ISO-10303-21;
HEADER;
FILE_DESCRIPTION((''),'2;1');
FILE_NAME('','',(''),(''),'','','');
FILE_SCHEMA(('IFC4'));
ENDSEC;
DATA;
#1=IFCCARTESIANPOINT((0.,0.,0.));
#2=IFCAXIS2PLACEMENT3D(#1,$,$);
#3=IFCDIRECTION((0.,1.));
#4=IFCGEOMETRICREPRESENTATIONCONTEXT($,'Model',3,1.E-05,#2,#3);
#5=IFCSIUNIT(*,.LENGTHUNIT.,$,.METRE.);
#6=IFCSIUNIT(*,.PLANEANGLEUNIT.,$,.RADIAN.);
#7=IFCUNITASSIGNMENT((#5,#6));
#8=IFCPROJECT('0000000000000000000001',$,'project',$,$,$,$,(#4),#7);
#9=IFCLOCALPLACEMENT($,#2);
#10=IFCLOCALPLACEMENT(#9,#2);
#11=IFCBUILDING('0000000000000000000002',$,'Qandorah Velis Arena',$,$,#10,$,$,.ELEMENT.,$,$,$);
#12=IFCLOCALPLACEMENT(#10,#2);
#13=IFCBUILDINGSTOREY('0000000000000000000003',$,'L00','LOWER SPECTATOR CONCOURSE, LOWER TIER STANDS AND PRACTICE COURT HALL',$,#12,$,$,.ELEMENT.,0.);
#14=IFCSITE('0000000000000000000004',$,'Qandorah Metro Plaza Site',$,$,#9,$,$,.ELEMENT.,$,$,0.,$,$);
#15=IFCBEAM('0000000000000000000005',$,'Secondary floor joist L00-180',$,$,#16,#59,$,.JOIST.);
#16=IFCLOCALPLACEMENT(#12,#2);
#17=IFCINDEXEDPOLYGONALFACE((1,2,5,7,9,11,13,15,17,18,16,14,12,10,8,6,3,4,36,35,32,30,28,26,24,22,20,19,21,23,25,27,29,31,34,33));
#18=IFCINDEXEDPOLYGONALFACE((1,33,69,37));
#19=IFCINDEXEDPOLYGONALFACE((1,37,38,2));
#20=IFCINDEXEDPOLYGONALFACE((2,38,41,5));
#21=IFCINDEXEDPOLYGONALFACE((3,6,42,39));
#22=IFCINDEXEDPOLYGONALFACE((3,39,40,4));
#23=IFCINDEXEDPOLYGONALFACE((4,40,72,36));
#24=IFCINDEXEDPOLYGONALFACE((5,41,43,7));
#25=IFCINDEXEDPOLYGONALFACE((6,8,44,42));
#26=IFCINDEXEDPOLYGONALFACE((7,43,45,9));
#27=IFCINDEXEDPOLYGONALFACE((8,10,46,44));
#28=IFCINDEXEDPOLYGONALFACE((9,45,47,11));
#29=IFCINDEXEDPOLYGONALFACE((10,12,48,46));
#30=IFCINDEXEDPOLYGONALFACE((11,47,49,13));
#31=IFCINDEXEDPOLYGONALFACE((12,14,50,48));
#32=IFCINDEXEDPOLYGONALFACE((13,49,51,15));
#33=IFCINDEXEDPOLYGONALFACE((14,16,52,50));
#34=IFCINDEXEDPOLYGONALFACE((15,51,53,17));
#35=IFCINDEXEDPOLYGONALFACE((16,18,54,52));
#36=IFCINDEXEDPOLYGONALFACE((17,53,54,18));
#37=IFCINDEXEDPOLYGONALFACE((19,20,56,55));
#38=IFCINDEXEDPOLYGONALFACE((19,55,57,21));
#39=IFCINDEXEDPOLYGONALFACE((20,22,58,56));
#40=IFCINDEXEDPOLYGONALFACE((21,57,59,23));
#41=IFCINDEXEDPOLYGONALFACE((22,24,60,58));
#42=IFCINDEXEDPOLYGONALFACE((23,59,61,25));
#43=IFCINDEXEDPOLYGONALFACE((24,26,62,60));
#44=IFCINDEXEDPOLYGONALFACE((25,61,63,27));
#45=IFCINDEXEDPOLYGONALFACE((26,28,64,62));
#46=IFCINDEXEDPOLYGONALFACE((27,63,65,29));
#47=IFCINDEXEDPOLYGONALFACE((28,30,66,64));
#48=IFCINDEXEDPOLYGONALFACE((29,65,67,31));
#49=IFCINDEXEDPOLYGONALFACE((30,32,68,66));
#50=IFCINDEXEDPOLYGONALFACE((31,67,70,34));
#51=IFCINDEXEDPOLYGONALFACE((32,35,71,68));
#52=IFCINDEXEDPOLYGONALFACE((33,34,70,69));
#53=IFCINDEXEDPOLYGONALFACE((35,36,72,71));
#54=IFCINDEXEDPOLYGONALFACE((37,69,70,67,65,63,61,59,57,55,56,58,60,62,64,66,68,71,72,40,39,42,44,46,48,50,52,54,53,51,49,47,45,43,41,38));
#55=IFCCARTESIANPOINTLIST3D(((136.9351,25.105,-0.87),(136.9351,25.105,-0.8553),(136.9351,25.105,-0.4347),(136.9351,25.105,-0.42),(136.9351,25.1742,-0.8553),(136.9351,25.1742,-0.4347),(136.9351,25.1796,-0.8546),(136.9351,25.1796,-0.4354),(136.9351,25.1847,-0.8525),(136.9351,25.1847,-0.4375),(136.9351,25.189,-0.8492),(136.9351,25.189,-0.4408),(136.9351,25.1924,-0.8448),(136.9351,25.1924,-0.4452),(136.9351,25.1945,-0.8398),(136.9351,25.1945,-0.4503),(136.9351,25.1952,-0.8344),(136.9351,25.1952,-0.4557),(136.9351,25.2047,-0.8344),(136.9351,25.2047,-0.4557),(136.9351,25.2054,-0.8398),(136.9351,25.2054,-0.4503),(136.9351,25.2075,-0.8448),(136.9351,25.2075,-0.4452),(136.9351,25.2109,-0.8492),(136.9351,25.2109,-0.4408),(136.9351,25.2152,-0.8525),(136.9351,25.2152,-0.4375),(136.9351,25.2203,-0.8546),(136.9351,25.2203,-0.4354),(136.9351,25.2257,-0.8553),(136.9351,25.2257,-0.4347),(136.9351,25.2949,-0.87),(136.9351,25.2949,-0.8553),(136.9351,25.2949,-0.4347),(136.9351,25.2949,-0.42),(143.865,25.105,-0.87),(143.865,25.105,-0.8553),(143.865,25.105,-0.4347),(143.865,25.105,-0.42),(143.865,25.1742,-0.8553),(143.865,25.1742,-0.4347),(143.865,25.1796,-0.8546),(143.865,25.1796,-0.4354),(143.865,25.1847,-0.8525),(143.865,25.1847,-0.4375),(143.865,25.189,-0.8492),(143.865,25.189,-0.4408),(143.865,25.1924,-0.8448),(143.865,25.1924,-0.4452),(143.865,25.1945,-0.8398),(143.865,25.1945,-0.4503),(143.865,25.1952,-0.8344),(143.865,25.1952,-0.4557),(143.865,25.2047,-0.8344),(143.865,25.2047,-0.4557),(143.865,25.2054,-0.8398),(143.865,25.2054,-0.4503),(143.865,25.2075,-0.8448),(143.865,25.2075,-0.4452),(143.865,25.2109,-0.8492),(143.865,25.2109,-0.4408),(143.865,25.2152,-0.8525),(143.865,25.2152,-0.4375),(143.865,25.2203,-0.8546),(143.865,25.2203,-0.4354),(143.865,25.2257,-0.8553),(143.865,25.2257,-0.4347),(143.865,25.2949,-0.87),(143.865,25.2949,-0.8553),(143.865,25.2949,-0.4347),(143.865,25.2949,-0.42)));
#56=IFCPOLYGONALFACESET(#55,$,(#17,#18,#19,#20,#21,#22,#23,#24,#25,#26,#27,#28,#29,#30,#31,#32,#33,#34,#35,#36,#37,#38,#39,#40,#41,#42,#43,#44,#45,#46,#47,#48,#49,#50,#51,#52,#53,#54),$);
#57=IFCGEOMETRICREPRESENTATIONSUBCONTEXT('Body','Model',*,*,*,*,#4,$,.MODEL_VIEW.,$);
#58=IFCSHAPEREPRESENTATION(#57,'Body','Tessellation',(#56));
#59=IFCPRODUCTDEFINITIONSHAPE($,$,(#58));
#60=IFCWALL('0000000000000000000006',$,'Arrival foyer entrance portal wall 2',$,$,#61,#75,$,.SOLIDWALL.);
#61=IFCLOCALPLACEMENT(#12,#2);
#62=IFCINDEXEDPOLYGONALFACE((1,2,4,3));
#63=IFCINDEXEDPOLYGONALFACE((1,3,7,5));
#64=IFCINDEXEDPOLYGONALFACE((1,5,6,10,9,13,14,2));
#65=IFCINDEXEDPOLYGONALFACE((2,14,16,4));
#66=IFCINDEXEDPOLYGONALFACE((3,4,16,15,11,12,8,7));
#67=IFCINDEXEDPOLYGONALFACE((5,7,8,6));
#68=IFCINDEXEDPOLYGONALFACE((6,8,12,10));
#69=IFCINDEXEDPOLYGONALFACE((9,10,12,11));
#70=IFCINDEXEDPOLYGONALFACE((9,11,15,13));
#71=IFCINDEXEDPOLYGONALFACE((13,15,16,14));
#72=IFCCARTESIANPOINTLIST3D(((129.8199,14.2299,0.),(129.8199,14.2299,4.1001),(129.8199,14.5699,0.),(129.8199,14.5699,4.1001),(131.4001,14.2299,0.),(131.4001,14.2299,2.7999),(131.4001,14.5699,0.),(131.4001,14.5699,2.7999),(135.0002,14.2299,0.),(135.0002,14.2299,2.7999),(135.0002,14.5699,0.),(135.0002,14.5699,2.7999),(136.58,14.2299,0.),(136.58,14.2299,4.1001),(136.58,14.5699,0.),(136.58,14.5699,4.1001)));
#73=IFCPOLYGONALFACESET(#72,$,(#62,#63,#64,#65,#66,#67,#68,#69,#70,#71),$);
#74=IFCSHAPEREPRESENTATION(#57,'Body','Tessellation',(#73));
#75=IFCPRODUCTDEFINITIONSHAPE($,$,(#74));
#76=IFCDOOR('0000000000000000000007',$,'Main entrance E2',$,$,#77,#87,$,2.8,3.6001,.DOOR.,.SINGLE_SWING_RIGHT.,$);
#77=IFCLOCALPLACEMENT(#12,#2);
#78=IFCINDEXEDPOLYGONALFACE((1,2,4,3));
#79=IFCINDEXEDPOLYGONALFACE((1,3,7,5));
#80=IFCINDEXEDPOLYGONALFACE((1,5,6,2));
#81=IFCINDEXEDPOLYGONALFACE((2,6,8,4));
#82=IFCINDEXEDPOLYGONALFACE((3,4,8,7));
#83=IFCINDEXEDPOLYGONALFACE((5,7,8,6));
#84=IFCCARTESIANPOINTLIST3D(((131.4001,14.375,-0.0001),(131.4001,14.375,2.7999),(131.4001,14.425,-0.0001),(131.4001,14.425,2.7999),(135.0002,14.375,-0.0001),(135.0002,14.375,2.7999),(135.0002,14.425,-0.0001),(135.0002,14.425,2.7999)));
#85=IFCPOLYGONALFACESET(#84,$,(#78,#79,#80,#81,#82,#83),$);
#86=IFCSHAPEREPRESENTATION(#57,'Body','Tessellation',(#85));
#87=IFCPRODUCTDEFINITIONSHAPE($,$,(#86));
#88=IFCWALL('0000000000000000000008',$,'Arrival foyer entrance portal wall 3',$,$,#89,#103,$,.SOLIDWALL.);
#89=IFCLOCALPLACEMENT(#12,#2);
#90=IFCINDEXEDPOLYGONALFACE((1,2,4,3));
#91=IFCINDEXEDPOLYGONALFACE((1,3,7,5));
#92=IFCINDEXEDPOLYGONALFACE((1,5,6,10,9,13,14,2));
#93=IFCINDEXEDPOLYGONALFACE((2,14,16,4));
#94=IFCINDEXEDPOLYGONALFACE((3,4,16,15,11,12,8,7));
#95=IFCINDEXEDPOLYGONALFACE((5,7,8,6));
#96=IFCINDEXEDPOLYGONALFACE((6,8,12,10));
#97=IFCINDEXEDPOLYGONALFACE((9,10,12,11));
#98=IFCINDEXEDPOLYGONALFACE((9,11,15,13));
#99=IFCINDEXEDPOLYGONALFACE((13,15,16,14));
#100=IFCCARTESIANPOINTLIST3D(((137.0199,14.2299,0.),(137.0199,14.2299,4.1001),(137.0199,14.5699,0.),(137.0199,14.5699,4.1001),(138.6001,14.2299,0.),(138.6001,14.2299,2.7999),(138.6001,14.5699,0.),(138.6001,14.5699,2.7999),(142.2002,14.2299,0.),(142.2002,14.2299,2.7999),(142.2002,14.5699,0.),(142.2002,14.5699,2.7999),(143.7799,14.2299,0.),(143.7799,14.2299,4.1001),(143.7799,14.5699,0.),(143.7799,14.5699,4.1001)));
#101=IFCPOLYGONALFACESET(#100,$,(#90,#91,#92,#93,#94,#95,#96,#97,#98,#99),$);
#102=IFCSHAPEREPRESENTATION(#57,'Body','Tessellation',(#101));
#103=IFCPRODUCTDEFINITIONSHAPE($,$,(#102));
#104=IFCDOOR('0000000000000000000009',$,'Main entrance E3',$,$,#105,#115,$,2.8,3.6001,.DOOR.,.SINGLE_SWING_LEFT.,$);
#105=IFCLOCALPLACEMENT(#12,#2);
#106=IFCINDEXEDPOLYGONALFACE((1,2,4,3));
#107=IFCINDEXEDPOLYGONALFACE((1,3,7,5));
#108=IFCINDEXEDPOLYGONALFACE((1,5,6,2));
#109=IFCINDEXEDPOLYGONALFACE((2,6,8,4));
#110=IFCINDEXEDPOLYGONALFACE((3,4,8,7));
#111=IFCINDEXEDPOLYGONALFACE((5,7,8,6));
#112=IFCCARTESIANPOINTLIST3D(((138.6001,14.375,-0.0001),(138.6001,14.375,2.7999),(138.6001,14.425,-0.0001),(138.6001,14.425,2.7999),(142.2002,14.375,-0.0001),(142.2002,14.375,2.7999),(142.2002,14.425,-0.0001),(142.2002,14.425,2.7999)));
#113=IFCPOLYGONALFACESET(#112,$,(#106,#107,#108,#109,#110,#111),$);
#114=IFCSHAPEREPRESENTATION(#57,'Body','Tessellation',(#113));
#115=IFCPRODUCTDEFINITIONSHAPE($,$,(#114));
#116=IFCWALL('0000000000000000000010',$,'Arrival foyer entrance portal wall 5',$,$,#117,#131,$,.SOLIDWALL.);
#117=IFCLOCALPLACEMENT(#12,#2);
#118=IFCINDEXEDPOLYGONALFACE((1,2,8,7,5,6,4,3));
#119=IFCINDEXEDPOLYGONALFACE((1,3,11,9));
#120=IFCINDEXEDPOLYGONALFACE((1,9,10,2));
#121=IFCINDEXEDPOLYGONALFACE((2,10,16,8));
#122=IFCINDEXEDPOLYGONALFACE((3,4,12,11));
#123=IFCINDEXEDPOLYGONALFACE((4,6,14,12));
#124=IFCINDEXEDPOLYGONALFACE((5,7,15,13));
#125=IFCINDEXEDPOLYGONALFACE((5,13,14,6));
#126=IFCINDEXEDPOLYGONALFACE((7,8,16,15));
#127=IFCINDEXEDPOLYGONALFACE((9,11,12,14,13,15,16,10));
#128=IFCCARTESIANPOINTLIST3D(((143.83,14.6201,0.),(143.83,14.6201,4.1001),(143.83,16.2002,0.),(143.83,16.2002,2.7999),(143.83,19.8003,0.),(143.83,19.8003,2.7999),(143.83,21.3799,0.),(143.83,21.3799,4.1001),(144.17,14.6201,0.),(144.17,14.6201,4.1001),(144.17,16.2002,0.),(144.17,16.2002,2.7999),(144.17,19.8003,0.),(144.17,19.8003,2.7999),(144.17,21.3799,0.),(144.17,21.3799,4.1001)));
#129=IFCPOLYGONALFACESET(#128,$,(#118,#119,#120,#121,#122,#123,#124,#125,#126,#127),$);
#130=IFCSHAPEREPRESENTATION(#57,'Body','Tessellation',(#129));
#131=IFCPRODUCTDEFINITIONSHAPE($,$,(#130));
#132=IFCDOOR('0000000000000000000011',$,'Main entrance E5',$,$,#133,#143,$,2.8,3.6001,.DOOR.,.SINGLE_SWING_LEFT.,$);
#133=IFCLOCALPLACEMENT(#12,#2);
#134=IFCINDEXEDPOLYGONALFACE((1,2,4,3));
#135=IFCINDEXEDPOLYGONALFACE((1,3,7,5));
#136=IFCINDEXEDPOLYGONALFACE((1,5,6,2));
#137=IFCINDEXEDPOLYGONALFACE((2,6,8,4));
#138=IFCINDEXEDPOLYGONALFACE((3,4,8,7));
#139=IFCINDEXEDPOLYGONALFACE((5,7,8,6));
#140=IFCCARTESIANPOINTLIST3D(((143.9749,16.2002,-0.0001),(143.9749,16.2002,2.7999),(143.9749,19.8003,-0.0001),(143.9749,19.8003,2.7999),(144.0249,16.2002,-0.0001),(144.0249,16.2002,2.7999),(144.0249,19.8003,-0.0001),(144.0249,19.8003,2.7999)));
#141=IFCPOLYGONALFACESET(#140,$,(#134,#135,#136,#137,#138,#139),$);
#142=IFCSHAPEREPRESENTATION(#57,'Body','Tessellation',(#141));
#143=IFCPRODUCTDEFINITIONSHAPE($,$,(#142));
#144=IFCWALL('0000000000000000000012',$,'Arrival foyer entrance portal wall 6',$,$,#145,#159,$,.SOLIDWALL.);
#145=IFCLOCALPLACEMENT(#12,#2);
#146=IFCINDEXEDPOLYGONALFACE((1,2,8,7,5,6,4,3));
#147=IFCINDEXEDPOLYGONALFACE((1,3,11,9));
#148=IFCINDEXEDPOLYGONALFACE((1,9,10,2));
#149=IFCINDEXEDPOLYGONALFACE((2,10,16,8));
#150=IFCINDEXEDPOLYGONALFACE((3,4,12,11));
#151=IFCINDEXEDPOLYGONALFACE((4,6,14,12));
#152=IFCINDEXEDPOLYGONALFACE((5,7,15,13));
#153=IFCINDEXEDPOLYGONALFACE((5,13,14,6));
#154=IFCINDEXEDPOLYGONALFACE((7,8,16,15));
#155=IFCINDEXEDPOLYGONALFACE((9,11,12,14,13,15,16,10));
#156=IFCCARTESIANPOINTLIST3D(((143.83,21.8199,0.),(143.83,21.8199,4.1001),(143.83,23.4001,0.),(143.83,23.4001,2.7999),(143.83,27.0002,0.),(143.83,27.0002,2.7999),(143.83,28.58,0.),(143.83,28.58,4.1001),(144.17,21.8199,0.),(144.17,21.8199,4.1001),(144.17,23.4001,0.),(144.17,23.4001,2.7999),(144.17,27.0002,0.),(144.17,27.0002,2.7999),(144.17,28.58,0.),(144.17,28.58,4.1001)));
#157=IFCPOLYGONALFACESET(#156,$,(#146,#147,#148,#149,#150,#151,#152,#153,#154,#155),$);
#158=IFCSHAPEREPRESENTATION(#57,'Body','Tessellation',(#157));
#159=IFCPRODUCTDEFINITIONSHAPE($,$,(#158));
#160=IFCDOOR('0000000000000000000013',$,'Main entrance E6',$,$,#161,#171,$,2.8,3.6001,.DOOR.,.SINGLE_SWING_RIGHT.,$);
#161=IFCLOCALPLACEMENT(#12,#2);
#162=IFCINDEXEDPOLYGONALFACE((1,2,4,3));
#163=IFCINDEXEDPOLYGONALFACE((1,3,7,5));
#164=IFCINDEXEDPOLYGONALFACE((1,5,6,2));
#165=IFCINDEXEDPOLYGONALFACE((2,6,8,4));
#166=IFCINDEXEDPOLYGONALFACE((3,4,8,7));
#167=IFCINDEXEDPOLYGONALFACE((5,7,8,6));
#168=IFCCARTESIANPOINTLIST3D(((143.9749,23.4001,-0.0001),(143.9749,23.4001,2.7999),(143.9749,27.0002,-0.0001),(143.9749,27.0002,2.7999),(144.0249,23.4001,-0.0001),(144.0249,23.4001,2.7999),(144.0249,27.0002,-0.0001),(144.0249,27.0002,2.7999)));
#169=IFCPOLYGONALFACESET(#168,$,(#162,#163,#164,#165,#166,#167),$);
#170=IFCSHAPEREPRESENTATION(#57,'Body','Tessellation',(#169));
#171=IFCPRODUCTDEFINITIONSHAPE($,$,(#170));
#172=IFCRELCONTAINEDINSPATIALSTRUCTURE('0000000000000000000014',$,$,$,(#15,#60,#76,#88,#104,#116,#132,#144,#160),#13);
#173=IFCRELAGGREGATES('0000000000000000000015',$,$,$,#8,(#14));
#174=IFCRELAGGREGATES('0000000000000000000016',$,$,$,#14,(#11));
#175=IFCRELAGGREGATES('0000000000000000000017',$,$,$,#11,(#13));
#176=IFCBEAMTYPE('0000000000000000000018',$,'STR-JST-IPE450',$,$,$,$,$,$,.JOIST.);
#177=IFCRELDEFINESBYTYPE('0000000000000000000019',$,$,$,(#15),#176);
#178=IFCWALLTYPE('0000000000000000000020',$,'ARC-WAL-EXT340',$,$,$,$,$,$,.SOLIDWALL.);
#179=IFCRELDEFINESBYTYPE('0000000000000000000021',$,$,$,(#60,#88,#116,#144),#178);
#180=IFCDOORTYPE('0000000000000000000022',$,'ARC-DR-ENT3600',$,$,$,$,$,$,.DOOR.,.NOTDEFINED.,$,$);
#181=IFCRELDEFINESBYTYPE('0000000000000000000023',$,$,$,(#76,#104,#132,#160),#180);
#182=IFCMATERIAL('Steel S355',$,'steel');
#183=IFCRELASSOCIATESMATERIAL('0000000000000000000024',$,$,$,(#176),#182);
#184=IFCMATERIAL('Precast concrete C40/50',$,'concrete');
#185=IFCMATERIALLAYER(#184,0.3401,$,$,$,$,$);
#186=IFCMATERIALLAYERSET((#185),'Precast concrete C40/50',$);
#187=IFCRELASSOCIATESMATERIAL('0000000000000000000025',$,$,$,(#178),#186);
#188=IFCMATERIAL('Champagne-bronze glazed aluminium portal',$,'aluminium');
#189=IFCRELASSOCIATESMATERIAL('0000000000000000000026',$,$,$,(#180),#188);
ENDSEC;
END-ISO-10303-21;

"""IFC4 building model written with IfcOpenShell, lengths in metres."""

from ifc_helpers import new_model, si_unit, direction, frame, frame_2d, origin, origin_2d, place, context, subcontext, project, spatial, rectangle, i_section, extrude, material, layer, layer_set, material_profile, profile_set, type_object, element, fill, save


model = new_model("IFC4")

# Units and contexts
model_context = context("Model", 3, precision=1e-05, world=origin(), true_north=direction((0.0, 1.0)))
body_context = subcontext(model_context, "Body", "Model", "MODEL_VIEW")
ifc_project = project(units=[si_unit("LENGTHUNIT", "METRE"), si_unit("PLANEANGLEUNIT", "RADIAN")], contexts=[model_context])

# Site, building, storey
site_placement = place(None, origin())
site = spatial("IfcSite", under=ifc_project, at=site_placement, Name="Qandorah Metro Plaza Site", CompositionType="ELEMENT", RefElevation=0.0)
building_placement = place(site_placement, origin())
building = spatial("IfcBuilding", under=site, at=building_placement, Name="Qandorah Velis Arena", CompositionType="ELEMENT")
storey_placement = place(building_placement, origin())
storey = spatial("IfcBuildingStorey", under=building, at=storey_placement, Name="L00", Description="LOWER SPECTATOR CONCOURSE, LOWER TIER STANDS AND PRACTICE COURT HALL", CompositionType="ELEMENT", Elevation=0.0)

# Shared definitions
ifc_material_1 = material(Name="Steel S355", Category="steel")

# Beam
ifc_material_profile_1 = material_profile(ifc_material_1, i_section(OverallWidth=0.1899, OverallDepth=0.45, WebThickness=0.0095, FlangeThickness=0.0146, FilletRadius=0.021, at=origin_2d()), Name="IPE 450")
ifc_profile_set_1 = profile_set([ifc_material_profile_1], Name="Steel S355")
beam_type_1 = type_object("IfcBeamType", Name="STR-JST-IPE450", PredefinedType="JOIST", material=ifc_profile_set_1)
for number, where, z_axis, x_axis, name in (
    (1, (136.9351, 25.2, -0.645), (1.0, 0.0, 0.0), (0.0, 1.0, 0.0), "Secondary floor joist L00-180"),
):
    element("IfcBeam", number, at=place(storey_placement, frame(where, z_axis=z_axis, x_axis=x_axis)), inside=storey, type_object=beam_type_1, Name=name, PredefinedType="JOIST", context=body_context, shape_type="SweptSolid", body=[
        extrude(i_section(OverallWidth=0.1899, OverallDepth=0.45, WebThickness=0.0095, FlangeThickness=0.0146, FilletRadius=0.021, at=origin_2d()), origin(), (0.0, 0.0, 1.0), 6.9299),
    ])

# Walls, openings, doors
ifc_material_2 = material(Name="Precast concrete C40/50", Category="concrete")
ifc_layer_1 = layer(ifc_material_2, 0.3401)
ifc_layer_set_1 = layer_set([ifc_layer_1], Name="Precast concrete C40/50")
wall_type = type_object("IfcWallType", Name="ARC-WAL-EXT340", PredefinedType="SOLIDWALL", material=ifc_layer_set_1)
wall_1_placement = place(storey_placement, frame((129.8201, 14.3999, 0.0), z_axis=(0.0, 0.0, 1.0), x_axis=(1.0, 0.0, 0.0)))
wall_1 = element("IfcWall", 2, at=wall_1_placement, inside=storey, type_object=wall_type, Name="Arrival foyer entrance portal wall 2", PredefinedType="SOLIDWALL", context=body_context, shape_type="SweptSolid", body=[
    extrude(rectangle(XDim=6.76, YDim=0.3401, at=frame_2d((3.3799, 0.0))), origin(), (0.0, 0.0, 1.0), 4.1001),
])
opening_1_placement = place(wall_1_placement, frame((1.5801, 0.0, 0.0)))
opening_1 = element("IfcOpeningElement", 3, at=opening_1_placement, cuts=wall_1, PredefinedType="OPENING", context=body_context, shape_type="SweptSolid", body=[
    extrude(rectangle(XDim=3.6001, YDim=2.8, at=frame_2d((1.8, 1.3999))), frame((0.0, 0.1802, 0.0), z_axis=(0.0, -1.0, 0.0), x_axis=(1.0, 0.0, 0.0)), (0.0, 0.0, 1.0), 0.3601),
])
ifc_material_3 = material(Name="Champagne-bronze glazed aluminium portal", Category="aluminium")
door_type = type_object("IfcDoorType", Name="ARC-DR-ENT3600", OperationType="NOTDEFINED", PredefinedType="DOOR", material=ifc_material_3)
door_1_placement = place(opening_1_placement, frame((3.6001, 0.0, 0.0), z_axis=(0.0, 0.0, 1.0), x_axis=(-1.0, 0.0, 0.0)))
door_1 = element("IfcDoor", 4, at=door_1_placement, inside=storey, type_object=door_type, Name="Main entrance E2", OperationType="SINGLE_SWING_RIGHT", OverallHeight=2.8, OverallWidth=3.6001, PredefinedType="DOOR", context=body_context, shape_type="SweptSolid", body=[
    extrude(rectangle(XDim=3.6001, YDim=2.8, at=frame_2d((1.8, 1.3999))), frame((0.0, 0.0249, 0.0), z_axis=(0.0, -1.0, 0.0), x_axis=(1.0, 0.0, 0.0)), (0.0, 0.0, 1.0), 0.05),
])
fill(opening_1, door_1)
wall_2_placement = place(storey_placement, frame((137.02, 14.3999, 0.0), z_axis=(0.0, 0.0, 1.0), x_axis=(1.0, 0.0, 0.0)))
wall_2 = element("IfcWall", 5, at=wall_2_placement, inside=storey, type_object=wall_type, Name="Arrival foyer entrance portal wall 3", PredefinedType="SOLIDWALL", context=body_context, shape_type="SweptSolid", body=[
    extrude(rectangle(XDim=6.76, YDim=0.3401, at=frame_2d((3.3799, 0.0))), origin(), (0.0, 0.0, 1.0), 4.1001),
])
opening_2_placement = place(wall_2_placement, frame((1.5801, 0.0, 0.0)))
opening_2 = element("IfcOpeningElement", 6, at=opening_2_placement, cuts=wall_2, PredefinedType="OPENING", context=body_context, shape_type="SweptSolid", body=[
    extrude(rectangle(XDim=3.6001, YDim=2.8, at=frame_2d((1.8, 1.3999))), frame((0.0, 0.1802, 0.0), z_axis=(0.0, -1.0, 0.0), x_axis=(1.0, 0.0, 0.0)), (0.0, 0.0, 1.0), 0.3601),
])
door_2_placement = place(opening_2_placement, frame((3.6001, 0.0, 0.0), z_axis=(0.0, 0.0, 1.0), x_axis=(-1.0, 0.0, 0.0)))
door_2 = element("IfcDoor", 7, at=door_2_placement, inside=storey, type_object=door_type, Name="Main entrance E3", OperationType="SINGLE_SWING_LEFT", OverallHeight=2.8, OverallWidth=3.6001, PredefinedType="DOOR", context=body_context, shape_type="SweptSolid", body=[
    extrude(rectangle(XDim=3.6001, YDim=2.8, at=frame_2d((1.8, 1.3999))), frame((0.0, 0.0249, 0.0), z_axis=(0.0, -1.0, 0.0), x_axis=(1.0, 0.0, 0.0)), (0.0, 0.0, 1.0), 0.05),
])
fill(opening_2, door_2)
wall_3_placement = place(storey_placement, frame((144.0, 14.6201, 0.0), z_axis=(0.0, 0.0, 1.0), x_axis=(0.0, 1.0, 0.0)))
wall_3 = element("IfcWall", 8, at=wall_3_placement, inside=storey, type_object=wall_type, Name="Arrival foyer entrance portal wall 5", PredefinedType="SOLIDWALL", context=body_context, shape_type="SweptSolid", body=[
    extrude(rectangle(XDim=6.7598, YDim=0.3401, at=frame_2d((3.3799, 0.0))), origin(), (0.0, 0.0, 1.0), 4.1001),
])
opening_3_placement = place(wall_3_placement, frame((1.5801, 0.0, 0.0)))
opening_3 = element("IfcOpeningElement", 9, at=opening_3_placement, cuts=wall_3, PredefinedType="OPENING", context=body_context, shape_type="SweptSolid", body=[
    extrude(rectangle(XDim=3.6001, YDim=2.8, at=frame_2d((1.8, 1.3999))), frame((0.0, 0.1802, 0.0), z_axis=(0.0, -1.0, 0.0), x_axis=(1.0, 0.0, 0.0)), (0.0, 0.0, 1.0), 0.3601),
])
door_3_placement = place(opening_3_placement, frame((3.6001, 0.0, 0.0), z_axis=(0.0, 0.0, 1.0), x_axis=(-1.0, 0.0, 0.0)))
door_3 = element("IfcDoor", 10, at=door_3_placement, inside=storey, type_object=door_type, Name="Main entrance E5", OperationType="SINGLE_SWING_LEFT", OverallHeight=2.8, OverallWidth=3.6001, PredefinedType="DOOR", context=body_context, shape_type="SweptSolid", body=[
    extrude(rectangle(XDim=3.6001, YDim=2.8, at=frame_2d((1.8, 1.3999))), frame((0.0, 0.0249, 0.0), z_axis=(0.0, -1.0, 0.0), x_axis=(1.0, 0.0, 0.0)), (0.0, 0.0, 1.0), 0.05),
])
fill(opening_3, door_3)
wall_4_placement = place(storey_placement, frame((144.0, 21.8201, 0.0), z_axis=(0.0, 0.0, 1.0), x_axis=(0.0, 1.0, 0.0)))
wall_4 = element("IfcWall", 11, at=wall_4_placement, inside=storey, type_object=wall_type, Name="Arrival foyer entrance portal wall 6", PredefinedType="SOLIDWALL", context=body_context, shape_type="SweptSolid", body=[
    extrude(rectangle(XDim=6.76, YDim=0.3401, at=frame_2d((3.3799, 0.0))), origin(), (0.0, 0.0, 1.0), 4.1001),
])
opening_4_placement = place(wall_4_placement, frame((1.5801, 0.0, 0.0)))
opening_4 = element("IfcOpeningElement", 12, at=opening_4_placement, cuts=wall_4, PredefinedType="OPENING", context=body_context, shape_type="SweptSolid", body=[
    extrude(rectangle(XDim=3.6001, YDim=2.8, at=frame_2d((1.8, 1.3999))), frame((0.0, 0.1802, 0.0), z_axis=(0.0, -1.0, 0.0), x_axis=(1.0, 0.0, 0.0)), (0.0, 0.0, 1.0), 0.3601),
])
door_4_placement = place(opening_4_placement, frame((3.6001, 0.0, 0.0), z_axis=(0.0, 0.0, 1.0), x_axis=(-1.0, 0.0, 0.0)))
door_4 = element("IfcDoor", 13, at=door_4_placement, inside=storey, type_object=door_type, Name="Main entrance E6", OperationType="SINGLE_SWING_RIGHT", OverallHeight=2.8, OverallWidth=3.6001, PredefinedType="DOOR", context=body_context, shape_type="SweptSolid", body=[
    extrude(rectangle(XDim=3.6001, YDim=2.8, at=frame_2d((1.8, 1.3999))), frame((0.0, 0.0249, 0.0), z_axis=(0.0, -1.0, 0.0), x_axis=(1.0, 0.0, 0.0)), (0.0, 0.0, 1.0), 0.05),
])
fill(opening_4, door_4)

save(model, "model.ifc")
